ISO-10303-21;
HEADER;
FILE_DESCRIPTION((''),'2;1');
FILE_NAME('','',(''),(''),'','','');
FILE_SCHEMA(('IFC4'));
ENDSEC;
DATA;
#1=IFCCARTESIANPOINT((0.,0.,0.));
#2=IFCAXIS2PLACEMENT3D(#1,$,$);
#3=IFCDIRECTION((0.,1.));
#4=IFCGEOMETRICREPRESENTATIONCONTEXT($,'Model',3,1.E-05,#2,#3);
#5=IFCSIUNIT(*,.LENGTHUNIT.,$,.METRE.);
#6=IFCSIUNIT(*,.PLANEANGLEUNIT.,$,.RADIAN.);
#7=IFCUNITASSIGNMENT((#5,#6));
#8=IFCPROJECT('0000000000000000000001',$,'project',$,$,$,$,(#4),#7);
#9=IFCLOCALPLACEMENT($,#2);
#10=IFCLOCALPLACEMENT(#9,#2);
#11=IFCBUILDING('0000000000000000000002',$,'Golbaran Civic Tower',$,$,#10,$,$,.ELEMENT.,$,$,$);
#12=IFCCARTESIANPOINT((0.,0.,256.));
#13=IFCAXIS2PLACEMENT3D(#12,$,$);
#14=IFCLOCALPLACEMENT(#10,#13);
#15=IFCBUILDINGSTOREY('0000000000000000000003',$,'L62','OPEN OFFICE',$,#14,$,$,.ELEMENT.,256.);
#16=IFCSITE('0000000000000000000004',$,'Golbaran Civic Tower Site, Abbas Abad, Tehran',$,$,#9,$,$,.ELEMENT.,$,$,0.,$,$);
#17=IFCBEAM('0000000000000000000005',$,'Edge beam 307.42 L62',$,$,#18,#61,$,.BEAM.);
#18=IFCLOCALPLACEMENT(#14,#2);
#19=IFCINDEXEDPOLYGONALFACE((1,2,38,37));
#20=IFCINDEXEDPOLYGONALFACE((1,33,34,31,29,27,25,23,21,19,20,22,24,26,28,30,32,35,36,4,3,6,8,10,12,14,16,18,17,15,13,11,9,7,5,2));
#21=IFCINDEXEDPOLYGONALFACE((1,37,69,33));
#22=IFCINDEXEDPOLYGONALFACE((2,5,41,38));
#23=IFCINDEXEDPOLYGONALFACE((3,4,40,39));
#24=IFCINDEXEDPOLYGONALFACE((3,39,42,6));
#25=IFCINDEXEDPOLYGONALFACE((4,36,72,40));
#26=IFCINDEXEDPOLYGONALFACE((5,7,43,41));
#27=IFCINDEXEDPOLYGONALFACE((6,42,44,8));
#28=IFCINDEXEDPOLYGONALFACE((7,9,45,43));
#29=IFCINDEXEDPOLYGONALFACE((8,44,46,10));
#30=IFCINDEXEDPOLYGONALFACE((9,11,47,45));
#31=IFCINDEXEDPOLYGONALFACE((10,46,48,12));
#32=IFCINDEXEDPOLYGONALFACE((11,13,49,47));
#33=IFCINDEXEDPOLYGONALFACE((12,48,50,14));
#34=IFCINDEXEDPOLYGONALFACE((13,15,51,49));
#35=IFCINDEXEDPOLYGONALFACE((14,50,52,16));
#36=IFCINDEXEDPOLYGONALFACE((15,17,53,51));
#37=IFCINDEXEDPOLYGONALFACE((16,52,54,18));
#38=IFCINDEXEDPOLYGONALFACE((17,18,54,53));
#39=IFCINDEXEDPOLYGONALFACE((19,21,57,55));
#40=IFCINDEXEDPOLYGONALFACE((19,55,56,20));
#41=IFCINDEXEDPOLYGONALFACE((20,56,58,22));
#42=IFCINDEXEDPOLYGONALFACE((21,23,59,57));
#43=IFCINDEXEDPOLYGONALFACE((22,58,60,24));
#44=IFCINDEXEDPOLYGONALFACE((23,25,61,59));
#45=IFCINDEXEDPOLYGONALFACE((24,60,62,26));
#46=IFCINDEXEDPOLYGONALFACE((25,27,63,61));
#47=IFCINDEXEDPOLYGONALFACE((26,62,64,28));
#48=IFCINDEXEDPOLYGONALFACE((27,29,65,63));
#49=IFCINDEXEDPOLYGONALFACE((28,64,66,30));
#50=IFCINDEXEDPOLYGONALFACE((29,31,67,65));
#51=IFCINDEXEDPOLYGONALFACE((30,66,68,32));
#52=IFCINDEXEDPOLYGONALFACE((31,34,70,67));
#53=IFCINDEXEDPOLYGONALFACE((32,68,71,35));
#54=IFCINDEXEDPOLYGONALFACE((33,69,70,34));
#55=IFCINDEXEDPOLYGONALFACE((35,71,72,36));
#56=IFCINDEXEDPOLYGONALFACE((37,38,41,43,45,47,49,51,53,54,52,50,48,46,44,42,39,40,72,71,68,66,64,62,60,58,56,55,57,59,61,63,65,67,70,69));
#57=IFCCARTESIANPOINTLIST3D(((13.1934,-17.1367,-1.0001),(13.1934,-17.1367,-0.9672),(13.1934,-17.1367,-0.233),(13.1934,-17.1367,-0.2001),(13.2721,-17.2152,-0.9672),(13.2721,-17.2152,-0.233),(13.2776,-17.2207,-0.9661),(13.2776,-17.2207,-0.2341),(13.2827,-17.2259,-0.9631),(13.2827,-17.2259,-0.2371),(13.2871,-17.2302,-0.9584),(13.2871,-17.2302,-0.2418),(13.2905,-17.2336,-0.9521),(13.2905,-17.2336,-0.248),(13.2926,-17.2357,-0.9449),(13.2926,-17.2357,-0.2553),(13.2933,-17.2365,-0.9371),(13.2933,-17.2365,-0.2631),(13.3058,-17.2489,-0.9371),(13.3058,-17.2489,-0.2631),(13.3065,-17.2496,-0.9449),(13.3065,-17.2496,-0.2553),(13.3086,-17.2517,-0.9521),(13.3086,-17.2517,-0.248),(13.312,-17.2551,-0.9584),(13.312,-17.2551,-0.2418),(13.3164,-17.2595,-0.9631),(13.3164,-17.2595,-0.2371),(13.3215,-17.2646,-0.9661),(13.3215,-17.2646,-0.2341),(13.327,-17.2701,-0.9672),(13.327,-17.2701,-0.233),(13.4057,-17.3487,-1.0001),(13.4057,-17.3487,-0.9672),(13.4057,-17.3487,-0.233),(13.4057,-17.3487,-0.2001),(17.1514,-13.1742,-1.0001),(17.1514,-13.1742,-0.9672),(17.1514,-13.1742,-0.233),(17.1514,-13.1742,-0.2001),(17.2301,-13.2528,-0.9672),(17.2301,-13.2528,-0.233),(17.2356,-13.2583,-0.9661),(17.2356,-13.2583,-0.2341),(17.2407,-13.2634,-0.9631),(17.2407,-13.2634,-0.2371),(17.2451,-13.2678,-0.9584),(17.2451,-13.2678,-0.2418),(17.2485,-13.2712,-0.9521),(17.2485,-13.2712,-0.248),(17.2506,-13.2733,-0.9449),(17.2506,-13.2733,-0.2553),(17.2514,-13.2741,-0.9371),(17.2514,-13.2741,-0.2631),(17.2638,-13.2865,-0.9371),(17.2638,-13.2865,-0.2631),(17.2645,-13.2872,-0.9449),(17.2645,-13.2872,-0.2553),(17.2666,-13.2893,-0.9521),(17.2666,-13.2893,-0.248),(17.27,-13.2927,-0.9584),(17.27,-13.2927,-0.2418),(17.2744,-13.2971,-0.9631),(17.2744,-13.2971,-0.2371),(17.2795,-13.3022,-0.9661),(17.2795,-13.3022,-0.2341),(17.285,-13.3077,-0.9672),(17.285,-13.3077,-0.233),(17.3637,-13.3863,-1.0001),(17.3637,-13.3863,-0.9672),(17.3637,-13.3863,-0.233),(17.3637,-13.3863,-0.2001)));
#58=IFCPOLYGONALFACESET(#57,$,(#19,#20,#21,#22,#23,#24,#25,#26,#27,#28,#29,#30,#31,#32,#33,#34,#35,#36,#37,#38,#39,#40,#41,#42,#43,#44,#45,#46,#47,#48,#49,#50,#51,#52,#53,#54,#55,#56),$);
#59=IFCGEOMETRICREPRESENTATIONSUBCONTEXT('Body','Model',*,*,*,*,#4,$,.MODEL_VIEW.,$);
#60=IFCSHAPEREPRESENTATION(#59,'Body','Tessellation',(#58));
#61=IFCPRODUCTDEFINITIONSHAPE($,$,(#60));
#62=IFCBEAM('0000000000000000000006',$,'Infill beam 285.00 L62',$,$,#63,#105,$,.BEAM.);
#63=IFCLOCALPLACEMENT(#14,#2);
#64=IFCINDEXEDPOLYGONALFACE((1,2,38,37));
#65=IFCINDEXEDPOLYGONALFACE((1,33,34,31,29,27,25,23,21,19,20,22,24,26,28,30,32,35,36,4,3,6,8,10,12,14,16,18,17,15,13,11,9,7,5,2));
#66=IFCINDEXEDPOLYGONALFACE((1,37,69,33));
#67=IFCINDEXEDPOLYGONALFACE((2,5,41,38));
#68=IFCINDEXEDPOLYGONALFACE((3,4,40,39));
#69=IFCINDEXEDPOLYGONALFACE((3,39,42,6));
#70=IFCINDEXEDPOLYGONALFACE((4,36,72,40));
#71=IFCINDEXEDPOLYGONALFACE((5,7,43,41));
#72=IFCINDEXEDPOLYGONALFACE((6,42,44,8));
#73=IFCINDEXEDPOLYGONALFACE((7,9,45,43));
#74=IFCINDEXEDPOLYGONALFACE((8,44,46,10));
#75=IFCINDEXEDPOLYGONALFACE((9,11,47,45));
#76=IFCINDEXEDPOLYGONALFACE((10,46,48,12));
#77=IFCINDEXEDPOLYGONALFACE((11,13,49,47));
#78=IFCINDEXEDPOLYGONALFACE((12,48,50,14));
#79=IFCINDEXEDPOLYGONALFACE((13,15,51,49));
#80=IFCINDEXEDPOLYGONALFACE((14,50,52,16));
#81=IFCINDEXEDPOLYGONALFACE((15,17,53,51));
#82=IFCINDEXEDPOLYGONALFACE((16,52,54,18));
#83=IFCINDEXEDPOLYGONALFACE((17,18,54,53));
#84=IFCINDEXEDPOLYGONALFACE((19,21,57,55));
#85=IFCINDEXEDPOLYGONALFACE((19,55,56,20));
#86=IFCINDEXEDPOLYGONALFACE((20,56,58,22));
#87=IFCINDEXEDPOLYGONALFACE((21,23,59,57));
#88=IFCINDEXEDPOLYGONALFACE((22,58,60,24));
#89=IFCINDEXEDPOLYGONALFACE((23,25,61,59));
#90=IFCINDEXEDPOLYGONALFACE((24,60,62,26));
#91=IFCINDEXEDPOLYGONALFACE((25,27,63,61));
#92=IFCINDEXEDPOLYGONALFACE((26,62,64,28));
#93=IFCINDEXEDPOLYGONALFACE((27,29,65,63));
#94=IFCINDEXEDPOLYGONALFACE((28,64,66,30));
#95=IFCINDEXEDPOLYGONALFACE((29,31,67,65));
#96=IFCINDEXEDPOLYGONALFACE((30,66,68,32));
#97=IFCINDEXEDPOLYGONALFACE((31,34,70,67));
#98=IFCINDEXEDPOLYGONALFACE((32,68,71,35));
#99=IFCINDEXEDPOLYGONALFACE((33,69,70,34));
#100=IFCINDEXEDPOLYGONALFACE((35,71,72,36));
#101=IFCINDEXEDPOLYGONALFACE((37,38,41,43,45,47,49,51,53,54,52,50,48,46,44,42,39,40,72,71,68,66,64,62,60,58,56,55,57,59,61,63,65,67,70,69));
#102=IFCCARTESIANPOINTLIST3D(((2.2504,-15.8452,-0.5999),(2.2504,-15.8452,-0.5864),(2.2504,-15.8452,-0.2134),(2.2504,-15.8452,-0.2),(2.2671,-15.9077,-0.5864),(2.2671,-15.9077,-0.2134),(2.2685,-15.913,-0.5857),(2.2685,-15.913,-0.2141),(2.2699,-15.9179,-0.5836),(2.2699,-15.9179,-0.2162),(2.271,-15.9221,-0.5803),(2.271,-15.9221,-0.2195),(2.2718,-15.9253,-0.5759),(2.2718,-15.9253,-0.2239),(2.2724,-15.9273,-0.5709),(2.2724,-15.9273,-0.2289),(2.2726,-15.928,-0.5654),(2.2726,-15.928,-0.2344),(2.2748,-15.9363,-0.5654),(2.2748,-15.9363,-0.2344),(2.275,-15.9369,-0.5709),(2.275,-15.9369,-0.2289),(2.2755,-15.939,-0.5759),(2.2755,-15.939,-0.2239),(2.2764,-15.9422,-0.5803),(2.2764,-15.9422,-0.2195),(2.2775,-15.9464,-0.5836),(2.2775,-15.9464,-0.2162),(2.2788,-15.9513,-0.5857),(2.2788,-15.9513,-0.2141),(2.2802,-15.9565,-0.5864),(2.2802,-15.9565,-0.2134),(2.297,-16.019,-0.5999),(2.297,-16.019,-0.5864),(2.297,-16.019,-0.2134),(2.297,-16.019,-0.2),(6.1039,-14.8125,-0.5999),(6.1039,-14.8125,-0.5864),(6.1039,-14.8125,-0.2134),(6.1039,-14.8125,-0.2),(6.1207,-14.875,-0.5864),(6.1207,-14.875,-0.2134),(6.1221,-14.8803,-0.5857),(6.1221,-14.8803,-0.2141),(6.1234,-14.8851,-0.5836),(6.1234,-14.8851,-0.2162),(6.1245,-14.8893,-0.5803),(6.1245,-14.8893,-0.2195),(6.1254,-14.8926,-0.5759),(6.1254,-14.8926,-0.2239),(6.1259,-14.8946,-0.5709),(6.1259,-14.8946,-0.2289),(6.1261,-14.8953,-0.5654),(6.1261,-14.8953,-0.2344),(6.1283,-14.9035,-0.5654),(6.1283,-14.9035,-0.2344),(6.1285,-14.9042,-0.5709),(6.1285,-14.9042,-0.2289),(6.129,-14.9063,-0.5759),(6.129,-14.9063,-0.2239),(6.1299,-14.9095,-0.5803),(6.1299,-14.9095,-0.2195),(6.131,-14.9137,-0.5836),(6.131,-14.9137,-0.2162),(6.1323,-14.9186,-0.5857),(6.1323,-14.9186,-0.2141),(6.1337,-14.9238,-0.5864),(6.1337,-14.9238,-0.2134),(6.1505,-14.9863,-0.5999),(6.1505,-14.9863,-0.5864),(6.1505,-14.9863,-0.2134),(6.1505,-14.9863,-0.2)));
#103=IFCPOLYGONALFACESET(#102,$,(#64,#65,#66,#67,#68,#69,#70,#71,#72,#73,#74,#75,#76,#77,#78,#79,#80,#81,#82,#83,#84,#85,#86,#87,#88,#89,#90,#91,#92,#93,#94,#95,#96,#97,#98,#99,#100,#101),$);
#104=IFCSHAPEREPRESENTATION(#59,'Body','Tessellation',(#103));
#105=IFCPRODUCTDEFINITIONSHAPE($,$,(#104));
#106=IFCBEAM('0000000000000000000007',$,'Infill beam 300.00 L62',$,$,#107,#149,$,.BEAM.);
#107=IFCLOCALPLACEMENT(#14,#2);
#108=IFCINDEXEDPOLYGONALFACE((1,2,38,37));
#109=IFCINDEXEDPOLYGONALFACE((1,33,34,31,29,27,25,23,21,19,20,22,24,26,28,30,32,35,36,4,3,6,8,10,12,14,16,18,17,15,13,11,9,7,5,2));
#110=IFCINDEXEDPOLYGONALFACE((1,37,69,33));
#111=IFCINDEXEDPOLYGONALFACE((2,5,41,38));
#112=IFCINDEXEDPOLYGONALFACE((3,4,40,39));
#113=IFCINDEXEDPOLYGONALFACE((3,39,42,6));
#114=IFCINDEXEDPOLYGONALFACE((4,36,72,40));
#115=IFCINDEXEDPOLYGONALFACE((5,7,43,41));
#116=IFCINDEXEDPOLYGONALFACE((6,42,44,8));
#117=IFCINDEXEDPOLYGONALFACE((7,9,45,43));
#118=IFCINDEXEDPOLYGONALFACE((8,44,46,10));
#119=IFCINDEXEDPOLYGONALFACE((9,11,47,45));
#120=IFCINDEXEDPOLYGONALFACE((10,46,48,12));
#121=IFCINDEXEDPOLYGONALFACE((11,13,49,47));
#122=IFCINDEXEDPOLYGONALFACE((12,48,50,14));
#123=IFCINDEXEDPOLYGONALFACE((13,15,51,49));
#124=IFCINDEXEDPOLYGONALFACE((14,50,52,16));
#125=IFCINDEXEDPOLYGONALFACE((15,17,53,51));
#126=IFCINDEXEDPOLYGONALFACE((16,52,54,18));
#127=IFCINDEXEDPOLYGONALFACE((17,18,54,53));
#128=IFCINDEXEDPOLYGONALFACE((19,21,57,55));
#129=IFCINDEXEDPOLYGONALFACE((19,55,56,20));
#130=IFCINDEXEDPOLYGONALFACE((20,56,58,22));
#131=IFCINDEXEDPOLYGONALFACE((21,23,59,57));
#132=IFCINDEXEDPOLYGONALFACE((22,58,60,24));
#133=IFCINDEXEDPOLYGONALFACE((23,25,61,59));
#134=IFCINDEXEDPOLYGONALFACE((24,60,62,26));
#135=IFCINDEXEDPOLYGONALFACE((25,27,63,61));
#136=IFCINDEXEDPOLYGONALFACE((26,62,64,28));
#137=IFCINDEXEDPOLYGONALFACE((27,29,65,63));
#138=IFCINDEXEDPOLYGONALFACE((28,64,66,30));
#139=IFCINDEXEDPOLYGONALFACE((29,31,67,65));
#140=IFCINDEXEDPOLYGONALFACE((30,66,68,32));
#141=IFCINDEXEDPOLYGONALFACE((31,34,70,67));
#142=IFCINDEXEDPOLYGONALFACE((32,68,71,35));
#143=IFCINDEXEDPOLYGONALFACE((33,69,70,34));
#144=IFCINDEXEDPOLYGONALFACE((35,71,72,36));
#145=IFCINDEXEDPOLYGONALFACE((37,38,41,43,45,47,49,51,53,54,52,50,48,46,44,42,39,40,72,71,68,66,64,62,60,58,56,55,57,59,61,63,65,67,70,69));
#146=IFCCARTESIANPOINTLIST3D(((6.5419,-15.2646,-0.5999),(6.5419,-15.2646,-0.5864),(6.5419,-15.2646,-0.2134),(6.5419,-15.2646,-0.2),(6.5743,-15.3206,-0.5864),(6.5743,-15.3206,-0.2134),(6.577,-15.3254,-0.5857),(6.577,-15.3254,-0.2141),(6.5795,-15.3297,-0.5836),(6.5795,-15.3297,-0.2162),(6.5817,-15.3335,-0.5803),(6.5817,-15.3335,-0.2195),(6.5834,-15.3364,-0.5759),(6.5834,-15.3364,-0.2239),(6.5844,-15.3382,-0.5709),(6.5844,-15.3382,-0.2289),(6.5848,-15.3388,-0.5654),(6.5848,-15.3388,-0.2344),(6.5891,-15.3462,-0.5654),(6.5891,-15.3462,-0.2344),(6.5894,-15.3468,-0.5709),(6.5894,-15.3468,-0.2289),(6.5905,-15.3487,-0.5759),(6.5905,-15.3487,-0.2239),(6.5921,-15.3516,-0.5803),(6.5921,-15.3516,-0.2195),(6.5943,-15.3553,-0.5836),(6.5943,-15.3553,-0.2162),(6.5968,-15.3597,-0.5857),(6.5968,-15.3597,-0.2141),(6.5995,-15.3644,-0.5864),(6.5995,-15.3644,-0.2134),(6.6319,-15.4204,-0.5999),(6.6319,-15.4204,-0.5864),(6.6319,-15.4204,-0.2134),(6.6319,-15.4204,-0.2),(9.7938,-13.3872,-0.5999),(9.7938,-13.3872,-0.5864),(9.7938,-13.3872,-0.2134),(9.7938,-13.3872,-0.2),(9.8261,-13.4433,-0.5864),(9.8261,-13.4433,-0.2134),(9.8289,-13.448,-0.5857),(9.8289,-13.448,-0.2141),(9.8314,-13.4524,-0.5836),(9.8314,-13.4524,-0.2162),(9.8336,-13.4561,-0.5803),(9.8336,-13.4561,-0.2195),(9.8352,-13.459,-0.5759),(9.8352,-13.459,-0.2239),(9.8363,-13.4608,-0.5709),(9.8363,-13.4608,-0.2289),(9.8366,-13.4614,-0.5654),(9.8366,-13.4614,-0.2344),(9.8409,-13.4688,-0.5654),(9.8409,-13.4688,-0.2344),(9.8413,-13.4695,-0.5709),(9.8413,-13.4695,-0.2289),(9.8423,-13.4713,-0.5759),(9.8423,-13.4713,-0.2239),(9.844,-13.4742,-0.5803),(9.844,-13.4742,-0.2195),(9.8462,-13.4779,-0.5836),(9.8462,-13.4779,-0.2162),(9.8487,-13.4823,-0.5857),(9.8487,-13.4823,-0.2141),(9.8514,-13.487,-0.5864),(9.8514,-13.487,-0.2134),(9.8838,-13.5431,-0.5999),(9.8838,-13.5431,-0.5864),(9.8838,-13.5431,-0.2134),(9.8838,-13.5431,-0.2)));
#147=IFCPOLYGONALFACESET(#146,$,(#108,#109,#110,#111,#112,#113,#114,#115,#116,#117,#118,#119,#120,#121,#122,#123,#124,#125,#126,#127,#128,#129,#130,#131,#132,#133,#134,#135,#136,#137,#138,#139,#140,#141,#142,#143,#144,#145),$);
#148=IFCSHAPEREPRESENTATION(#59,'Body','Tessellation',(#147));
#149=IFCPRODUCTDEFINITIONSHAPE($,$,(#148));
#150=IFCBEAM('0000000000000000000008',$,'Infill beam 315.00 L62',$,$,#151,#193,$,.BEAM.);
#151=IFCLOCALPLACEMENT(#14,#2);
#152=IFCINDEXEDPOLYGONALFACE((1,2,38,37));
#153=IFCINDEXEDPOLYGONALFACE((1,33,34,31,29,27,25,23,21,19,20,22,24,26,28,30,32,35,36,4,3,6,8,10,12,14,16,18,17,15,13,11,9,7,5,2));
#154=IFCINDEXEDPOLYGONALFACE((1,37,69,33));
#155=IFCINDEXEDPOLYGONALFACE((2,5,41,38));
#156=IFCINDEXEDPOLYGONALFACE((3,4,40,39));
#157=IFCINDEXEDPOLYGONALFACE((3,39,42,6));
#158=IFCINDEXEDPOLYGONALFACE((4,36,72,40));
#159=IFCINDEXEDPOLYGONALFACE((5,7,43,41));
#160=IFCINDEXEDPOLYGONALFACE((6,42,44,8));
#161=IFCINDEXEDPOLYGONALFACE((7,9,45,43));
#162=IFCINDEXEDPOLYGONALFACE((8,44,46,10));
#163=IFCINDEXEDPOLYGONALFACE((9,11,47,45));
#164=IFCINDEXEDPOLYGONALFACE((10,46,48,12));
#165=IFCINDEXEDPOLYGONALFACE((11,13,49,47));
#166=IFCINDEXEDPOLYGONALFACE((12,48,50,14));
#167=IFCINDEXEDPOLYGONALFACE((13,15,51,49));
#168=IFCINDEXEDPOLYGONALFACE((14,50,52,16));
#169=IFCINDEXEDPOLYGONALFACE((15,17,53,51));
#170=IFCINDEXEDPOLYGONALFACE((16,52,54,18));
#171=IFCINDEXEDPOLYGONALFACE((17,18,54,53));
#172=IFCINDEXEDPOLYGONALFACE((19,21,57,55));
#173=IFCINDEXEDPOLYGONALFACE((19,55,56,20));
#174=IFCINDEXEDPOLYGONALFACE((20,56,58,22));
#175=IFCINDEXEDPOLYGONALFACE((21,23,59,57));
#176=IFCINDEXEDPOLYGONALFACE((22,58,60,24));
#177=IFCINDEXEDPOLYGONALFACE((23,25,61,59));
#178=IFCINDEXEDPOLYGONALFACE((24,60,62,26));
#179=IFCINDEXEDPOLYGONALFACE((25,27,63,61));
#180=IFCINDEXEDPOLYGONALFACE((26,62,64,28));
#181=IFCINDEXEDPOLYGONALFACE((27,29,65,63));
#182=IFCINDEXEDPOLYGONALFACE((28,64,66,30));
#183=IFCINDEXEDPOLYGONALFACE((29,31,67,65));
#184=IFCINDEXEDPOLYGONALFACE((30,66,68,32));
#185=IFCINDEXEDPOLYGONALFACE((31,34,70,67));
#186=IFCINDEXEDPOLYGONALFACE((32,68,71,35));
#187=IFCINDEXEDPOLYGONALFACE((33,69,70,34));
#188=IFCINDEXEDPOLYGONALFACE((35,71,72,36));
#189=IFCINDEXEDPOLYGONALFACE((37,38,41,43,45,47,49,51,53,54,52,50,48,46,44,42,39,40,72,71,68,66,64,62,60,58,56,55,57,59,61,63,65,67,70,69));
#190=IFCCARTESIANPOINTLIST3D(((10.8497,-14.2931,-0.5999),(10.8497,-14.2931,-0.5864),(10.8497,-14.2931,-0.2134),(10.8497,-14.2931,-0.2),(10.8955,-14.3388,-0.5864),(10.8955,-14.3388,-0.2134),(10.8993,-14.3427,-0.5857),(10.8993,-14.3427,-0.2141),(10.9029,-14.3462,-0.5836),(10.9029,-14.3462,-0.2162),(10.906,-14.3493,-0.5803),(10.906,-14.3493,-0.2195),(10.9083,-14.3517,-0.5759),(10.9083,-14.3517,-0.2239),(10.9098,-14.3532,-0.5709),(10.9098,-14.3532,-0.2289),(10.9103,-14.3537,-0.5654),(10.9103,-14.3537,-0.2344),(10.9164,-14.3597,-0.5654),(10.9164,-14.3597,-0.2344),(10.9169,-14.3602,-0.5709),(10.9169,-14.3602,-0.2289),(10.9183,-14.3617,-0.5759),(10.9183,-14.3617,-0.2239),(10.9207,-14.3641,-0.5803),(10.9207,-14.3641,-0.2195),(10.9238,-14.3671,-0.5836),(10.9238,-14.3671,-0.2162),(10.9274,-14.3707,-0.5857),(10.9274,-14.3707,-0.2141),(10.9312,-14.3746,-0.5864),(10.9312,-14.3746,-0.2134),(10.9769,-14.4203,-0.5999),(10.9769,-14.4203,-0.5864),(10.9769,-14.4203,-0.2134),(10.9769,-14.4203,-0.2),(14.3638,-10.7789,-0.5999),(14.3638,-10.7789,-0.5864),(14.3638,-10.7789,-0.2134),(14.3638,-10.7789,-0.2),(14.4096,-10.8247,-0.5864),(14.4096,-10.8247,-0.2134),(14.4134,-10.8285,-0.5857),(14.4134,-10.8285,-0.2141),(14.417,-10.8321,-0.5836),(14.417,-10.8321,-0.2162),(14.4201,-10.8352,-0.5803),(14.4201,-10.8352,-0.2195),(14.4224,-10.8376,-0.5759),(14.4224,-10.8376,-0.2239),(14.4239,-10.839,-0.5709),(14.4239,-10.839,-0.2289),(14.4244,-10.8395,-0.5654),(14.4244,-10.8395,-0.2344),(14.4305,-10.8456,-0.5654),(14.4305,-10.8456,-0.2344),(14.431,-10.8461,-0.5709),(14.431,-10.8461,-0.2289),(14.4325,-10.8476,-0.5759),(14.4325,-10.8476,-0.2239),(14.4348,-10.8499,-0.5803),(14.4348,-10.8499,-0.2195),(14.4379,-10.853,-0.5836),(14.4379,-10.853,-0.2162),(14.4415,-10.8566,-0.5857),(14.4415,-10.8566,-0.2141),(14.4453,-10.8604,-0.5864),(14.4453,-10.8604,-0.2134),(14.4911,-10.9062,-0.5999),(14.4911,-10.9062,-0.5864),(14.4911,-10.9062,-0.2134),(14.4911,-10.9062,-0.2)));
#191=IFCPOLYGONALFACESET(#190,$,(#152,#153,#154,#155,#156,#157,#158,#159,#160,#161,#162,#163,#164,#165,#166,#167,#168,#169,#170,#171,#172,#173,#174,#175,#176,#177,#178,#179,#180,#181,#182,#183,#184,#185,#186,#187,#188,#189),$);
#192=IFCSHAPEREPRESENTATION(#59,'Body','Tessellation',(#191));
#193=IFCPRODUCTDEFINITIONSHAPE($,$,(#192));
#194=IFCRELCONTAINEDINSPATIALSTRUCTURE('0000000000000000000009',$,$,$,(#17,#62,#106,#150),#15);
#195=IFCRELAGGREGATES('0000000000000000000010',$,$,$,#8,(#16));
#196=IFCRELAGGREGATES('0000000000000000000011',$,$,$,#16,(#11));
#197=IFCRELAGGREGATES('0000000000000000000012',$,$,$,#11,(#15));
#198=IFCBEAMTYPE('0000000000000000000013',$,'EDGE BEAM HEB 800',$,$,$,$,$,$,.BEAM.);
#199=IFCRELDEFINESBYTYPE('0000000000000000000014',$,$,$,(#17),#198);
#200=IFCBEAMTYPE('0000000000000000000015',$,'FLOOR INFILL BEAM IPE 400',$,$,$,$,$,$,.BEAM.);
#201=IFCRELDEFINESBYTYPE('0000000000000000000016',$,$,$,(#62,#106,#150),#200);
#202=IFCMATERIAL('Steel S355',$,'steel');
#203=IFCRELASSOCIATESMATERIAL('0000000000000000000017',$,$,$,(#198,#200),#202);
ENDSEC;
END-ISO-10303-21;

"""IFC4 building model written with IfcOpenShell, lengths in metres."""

from ifc_helpers import new_model, si_unit, direction, frame, origin, origin_2d, place, context, subcontext, project, spatial, i_section, extrude, material, material_profile, profile_set, type_object, element, save


model = new_model("IFC4")

# Units and contexts
model_context = context("Model", 3, precision=1e-05, world=origin(), true_north=direction((0.0, 1.0)))
body_context = subcontext(model_context, "Body", "Model", "MODEL_VIEW")
ifc_project = project(units=[si_unit("LENGTHUNIT", "METRE"), si_unit("PLANEANGLEUNIT", "RADIAN")], contexts=[model_context])

# Site, building, storey
site_placement = place(None, origin())
site = spatial("IfcSite", under=ifc_project, at=site_placement, Name="Golbaran Civic Tower Site, Abbas Abad, Tehran", CompositionType="ELEMENT", RefElevation=0.0)
building_placement = place(site_placement, origin())
building = spatial("IfcBuilding", under=site, at=building_placement, Name="Golbaran Civic Tower", CompositionType="ELEMENT")
storey_placement = place(building_placement, frame((0.0, 0.0, 256.0)))
storey = spatial("IfcBuildingStorey", under=building, at=storey_placement, Name="L62", Description="OPEN OFFICE", CompositionType="ELEMENT", Elevation=256.0)

# Beams
ifc_material_1 = material(Name="Steel S355", Category="steel")
ifc_material_profile_1 = material_profile(ifc_material_1, i_section(OverallWidth=0.3, OverallDepth=0.8, WebThickness=0.0176, FlangeThickness=0.033, FilletRadius=0.03, at=origin_2d()), Name="HEB 800")
ifc_profile_set_1 = profile_set([ifc_material_profile_1], Name="Steel S355")
beam_type_1 = type_object("IfcBeamType", Name="EDGE BEAM HEB 800", PredefinedType="BEAM", material=ifc_profile_set_1)
beam_1_placement = place(storey_placement, frame((13.2996, -17.2427, -0.6001), z_axis=(0.706714, 0.707499, 0.0), x_axis=(-0.707499, 0.706714, 0.0)))
element("IfcBeam", 1, at=beam_1_placement, inside=storey, type_object=beam_type_1, Name="Edge beam 307.42 L62", PredefinedType="BEAM", context=body_context, shape_type="SweptSolid", body=[
    extrude(i_section(OverallWidth=0.3, OverallDepth=0.8, WebThickness=0.0176, FlangeThickness=0.033, FilletRadius=0.03, at=origin_2d()), origin(), (0.0, 0.0, 1.0), 5.6006),
])
ifc_material_profile_2 = material_profile(ifc_material_1, i_section(OverallWidth=0.1799, OverallDepth=0.3999, WebThickness=0.0085, FlangeThickness=0.0134, FilletRadius=0.021, at=origin_2d()), Name="IPE 400")
ifc_profile_set_2 = profile_set([ifc_material_profile_2], Name="Steel S355")
beam_type_2 = type_object("IfcBeamType", Name="FLOOR INFILL BEAM IPE 400", PredefinedType="BEAM", material=ifc_profile_set_2)
beam_2_placement = place(storey_placement, frame((2.2737, -15.9321, -0.3999), z_axis=(0.965915, 0.258858, 0.0), x_axis=(-0.258858, 0.965915, 0.0)))
element("IfcBeam", 2, at=beam_2_placement, inside=storey, type_object=beam_type_2, Name="Infill beam 285.00 L62", PredefinedType="BEAM", context=body_context, shape_type="SweptSolid", body=[
    extrude(i_section(OverallWidth=0.1799, OverallDepth=0.3999, WebThickness=0.0085, FlangeThickness=0.0134, FilletRadius=0.021, at=origin_2d()), origin(), (0.0, 0.0, 1.0), 3.9895),
])
beam_3_placement = place(storey_placement, frame((6.5869, -15.3425, -0.3999), z_axis=(0.866034, 0.499985, 0.0), x_axis=(-0.499985, 0.866034, 0.0)))
element("IfcBeam", 3, at=beam_3_placement, inside=storey, type_object=beam_type_2, Name="Infill beam 300.00 L62", PredefinedType="BEAM", context=body_context, shape_type="SweptSolid", body=[
    extrude(i_section(OverallWidth=0.1799, OverallDepth=0.3999, WebThickness=0.0085, FlangeThickness=0.0134, FilletRadius=0.021, at=origin_2d()), origin(), (0.0, 0.0, 1.0), 3.7549),
])
beam_4_placement = place(storey_placement, frame((10.9133, -14.3567, -0.3999), z_axis=(0.707107, 0.707107, 0.0), x_axis=(-0.707107, 0.707107, 0.0)))
element("IfcBeam", 4, at=beam_4_placement, inside=storey, type_object=beam_type_2, Name="Infill beam 315.00 L62", PredefinedType="BEAM", context=body_context, shape_type="SweptSolid", body=[
    extrude(i_section(OverallWidth=0.1799, OverallDepth=0.3999, WebThickness=0.0085, FlangeThickness=0.0134, FilletRadius=0.021, at=origin_2d()), origin(), (0.0, 0.0, 1.0), 4.9697),
])

save(model, "model.ifc")
